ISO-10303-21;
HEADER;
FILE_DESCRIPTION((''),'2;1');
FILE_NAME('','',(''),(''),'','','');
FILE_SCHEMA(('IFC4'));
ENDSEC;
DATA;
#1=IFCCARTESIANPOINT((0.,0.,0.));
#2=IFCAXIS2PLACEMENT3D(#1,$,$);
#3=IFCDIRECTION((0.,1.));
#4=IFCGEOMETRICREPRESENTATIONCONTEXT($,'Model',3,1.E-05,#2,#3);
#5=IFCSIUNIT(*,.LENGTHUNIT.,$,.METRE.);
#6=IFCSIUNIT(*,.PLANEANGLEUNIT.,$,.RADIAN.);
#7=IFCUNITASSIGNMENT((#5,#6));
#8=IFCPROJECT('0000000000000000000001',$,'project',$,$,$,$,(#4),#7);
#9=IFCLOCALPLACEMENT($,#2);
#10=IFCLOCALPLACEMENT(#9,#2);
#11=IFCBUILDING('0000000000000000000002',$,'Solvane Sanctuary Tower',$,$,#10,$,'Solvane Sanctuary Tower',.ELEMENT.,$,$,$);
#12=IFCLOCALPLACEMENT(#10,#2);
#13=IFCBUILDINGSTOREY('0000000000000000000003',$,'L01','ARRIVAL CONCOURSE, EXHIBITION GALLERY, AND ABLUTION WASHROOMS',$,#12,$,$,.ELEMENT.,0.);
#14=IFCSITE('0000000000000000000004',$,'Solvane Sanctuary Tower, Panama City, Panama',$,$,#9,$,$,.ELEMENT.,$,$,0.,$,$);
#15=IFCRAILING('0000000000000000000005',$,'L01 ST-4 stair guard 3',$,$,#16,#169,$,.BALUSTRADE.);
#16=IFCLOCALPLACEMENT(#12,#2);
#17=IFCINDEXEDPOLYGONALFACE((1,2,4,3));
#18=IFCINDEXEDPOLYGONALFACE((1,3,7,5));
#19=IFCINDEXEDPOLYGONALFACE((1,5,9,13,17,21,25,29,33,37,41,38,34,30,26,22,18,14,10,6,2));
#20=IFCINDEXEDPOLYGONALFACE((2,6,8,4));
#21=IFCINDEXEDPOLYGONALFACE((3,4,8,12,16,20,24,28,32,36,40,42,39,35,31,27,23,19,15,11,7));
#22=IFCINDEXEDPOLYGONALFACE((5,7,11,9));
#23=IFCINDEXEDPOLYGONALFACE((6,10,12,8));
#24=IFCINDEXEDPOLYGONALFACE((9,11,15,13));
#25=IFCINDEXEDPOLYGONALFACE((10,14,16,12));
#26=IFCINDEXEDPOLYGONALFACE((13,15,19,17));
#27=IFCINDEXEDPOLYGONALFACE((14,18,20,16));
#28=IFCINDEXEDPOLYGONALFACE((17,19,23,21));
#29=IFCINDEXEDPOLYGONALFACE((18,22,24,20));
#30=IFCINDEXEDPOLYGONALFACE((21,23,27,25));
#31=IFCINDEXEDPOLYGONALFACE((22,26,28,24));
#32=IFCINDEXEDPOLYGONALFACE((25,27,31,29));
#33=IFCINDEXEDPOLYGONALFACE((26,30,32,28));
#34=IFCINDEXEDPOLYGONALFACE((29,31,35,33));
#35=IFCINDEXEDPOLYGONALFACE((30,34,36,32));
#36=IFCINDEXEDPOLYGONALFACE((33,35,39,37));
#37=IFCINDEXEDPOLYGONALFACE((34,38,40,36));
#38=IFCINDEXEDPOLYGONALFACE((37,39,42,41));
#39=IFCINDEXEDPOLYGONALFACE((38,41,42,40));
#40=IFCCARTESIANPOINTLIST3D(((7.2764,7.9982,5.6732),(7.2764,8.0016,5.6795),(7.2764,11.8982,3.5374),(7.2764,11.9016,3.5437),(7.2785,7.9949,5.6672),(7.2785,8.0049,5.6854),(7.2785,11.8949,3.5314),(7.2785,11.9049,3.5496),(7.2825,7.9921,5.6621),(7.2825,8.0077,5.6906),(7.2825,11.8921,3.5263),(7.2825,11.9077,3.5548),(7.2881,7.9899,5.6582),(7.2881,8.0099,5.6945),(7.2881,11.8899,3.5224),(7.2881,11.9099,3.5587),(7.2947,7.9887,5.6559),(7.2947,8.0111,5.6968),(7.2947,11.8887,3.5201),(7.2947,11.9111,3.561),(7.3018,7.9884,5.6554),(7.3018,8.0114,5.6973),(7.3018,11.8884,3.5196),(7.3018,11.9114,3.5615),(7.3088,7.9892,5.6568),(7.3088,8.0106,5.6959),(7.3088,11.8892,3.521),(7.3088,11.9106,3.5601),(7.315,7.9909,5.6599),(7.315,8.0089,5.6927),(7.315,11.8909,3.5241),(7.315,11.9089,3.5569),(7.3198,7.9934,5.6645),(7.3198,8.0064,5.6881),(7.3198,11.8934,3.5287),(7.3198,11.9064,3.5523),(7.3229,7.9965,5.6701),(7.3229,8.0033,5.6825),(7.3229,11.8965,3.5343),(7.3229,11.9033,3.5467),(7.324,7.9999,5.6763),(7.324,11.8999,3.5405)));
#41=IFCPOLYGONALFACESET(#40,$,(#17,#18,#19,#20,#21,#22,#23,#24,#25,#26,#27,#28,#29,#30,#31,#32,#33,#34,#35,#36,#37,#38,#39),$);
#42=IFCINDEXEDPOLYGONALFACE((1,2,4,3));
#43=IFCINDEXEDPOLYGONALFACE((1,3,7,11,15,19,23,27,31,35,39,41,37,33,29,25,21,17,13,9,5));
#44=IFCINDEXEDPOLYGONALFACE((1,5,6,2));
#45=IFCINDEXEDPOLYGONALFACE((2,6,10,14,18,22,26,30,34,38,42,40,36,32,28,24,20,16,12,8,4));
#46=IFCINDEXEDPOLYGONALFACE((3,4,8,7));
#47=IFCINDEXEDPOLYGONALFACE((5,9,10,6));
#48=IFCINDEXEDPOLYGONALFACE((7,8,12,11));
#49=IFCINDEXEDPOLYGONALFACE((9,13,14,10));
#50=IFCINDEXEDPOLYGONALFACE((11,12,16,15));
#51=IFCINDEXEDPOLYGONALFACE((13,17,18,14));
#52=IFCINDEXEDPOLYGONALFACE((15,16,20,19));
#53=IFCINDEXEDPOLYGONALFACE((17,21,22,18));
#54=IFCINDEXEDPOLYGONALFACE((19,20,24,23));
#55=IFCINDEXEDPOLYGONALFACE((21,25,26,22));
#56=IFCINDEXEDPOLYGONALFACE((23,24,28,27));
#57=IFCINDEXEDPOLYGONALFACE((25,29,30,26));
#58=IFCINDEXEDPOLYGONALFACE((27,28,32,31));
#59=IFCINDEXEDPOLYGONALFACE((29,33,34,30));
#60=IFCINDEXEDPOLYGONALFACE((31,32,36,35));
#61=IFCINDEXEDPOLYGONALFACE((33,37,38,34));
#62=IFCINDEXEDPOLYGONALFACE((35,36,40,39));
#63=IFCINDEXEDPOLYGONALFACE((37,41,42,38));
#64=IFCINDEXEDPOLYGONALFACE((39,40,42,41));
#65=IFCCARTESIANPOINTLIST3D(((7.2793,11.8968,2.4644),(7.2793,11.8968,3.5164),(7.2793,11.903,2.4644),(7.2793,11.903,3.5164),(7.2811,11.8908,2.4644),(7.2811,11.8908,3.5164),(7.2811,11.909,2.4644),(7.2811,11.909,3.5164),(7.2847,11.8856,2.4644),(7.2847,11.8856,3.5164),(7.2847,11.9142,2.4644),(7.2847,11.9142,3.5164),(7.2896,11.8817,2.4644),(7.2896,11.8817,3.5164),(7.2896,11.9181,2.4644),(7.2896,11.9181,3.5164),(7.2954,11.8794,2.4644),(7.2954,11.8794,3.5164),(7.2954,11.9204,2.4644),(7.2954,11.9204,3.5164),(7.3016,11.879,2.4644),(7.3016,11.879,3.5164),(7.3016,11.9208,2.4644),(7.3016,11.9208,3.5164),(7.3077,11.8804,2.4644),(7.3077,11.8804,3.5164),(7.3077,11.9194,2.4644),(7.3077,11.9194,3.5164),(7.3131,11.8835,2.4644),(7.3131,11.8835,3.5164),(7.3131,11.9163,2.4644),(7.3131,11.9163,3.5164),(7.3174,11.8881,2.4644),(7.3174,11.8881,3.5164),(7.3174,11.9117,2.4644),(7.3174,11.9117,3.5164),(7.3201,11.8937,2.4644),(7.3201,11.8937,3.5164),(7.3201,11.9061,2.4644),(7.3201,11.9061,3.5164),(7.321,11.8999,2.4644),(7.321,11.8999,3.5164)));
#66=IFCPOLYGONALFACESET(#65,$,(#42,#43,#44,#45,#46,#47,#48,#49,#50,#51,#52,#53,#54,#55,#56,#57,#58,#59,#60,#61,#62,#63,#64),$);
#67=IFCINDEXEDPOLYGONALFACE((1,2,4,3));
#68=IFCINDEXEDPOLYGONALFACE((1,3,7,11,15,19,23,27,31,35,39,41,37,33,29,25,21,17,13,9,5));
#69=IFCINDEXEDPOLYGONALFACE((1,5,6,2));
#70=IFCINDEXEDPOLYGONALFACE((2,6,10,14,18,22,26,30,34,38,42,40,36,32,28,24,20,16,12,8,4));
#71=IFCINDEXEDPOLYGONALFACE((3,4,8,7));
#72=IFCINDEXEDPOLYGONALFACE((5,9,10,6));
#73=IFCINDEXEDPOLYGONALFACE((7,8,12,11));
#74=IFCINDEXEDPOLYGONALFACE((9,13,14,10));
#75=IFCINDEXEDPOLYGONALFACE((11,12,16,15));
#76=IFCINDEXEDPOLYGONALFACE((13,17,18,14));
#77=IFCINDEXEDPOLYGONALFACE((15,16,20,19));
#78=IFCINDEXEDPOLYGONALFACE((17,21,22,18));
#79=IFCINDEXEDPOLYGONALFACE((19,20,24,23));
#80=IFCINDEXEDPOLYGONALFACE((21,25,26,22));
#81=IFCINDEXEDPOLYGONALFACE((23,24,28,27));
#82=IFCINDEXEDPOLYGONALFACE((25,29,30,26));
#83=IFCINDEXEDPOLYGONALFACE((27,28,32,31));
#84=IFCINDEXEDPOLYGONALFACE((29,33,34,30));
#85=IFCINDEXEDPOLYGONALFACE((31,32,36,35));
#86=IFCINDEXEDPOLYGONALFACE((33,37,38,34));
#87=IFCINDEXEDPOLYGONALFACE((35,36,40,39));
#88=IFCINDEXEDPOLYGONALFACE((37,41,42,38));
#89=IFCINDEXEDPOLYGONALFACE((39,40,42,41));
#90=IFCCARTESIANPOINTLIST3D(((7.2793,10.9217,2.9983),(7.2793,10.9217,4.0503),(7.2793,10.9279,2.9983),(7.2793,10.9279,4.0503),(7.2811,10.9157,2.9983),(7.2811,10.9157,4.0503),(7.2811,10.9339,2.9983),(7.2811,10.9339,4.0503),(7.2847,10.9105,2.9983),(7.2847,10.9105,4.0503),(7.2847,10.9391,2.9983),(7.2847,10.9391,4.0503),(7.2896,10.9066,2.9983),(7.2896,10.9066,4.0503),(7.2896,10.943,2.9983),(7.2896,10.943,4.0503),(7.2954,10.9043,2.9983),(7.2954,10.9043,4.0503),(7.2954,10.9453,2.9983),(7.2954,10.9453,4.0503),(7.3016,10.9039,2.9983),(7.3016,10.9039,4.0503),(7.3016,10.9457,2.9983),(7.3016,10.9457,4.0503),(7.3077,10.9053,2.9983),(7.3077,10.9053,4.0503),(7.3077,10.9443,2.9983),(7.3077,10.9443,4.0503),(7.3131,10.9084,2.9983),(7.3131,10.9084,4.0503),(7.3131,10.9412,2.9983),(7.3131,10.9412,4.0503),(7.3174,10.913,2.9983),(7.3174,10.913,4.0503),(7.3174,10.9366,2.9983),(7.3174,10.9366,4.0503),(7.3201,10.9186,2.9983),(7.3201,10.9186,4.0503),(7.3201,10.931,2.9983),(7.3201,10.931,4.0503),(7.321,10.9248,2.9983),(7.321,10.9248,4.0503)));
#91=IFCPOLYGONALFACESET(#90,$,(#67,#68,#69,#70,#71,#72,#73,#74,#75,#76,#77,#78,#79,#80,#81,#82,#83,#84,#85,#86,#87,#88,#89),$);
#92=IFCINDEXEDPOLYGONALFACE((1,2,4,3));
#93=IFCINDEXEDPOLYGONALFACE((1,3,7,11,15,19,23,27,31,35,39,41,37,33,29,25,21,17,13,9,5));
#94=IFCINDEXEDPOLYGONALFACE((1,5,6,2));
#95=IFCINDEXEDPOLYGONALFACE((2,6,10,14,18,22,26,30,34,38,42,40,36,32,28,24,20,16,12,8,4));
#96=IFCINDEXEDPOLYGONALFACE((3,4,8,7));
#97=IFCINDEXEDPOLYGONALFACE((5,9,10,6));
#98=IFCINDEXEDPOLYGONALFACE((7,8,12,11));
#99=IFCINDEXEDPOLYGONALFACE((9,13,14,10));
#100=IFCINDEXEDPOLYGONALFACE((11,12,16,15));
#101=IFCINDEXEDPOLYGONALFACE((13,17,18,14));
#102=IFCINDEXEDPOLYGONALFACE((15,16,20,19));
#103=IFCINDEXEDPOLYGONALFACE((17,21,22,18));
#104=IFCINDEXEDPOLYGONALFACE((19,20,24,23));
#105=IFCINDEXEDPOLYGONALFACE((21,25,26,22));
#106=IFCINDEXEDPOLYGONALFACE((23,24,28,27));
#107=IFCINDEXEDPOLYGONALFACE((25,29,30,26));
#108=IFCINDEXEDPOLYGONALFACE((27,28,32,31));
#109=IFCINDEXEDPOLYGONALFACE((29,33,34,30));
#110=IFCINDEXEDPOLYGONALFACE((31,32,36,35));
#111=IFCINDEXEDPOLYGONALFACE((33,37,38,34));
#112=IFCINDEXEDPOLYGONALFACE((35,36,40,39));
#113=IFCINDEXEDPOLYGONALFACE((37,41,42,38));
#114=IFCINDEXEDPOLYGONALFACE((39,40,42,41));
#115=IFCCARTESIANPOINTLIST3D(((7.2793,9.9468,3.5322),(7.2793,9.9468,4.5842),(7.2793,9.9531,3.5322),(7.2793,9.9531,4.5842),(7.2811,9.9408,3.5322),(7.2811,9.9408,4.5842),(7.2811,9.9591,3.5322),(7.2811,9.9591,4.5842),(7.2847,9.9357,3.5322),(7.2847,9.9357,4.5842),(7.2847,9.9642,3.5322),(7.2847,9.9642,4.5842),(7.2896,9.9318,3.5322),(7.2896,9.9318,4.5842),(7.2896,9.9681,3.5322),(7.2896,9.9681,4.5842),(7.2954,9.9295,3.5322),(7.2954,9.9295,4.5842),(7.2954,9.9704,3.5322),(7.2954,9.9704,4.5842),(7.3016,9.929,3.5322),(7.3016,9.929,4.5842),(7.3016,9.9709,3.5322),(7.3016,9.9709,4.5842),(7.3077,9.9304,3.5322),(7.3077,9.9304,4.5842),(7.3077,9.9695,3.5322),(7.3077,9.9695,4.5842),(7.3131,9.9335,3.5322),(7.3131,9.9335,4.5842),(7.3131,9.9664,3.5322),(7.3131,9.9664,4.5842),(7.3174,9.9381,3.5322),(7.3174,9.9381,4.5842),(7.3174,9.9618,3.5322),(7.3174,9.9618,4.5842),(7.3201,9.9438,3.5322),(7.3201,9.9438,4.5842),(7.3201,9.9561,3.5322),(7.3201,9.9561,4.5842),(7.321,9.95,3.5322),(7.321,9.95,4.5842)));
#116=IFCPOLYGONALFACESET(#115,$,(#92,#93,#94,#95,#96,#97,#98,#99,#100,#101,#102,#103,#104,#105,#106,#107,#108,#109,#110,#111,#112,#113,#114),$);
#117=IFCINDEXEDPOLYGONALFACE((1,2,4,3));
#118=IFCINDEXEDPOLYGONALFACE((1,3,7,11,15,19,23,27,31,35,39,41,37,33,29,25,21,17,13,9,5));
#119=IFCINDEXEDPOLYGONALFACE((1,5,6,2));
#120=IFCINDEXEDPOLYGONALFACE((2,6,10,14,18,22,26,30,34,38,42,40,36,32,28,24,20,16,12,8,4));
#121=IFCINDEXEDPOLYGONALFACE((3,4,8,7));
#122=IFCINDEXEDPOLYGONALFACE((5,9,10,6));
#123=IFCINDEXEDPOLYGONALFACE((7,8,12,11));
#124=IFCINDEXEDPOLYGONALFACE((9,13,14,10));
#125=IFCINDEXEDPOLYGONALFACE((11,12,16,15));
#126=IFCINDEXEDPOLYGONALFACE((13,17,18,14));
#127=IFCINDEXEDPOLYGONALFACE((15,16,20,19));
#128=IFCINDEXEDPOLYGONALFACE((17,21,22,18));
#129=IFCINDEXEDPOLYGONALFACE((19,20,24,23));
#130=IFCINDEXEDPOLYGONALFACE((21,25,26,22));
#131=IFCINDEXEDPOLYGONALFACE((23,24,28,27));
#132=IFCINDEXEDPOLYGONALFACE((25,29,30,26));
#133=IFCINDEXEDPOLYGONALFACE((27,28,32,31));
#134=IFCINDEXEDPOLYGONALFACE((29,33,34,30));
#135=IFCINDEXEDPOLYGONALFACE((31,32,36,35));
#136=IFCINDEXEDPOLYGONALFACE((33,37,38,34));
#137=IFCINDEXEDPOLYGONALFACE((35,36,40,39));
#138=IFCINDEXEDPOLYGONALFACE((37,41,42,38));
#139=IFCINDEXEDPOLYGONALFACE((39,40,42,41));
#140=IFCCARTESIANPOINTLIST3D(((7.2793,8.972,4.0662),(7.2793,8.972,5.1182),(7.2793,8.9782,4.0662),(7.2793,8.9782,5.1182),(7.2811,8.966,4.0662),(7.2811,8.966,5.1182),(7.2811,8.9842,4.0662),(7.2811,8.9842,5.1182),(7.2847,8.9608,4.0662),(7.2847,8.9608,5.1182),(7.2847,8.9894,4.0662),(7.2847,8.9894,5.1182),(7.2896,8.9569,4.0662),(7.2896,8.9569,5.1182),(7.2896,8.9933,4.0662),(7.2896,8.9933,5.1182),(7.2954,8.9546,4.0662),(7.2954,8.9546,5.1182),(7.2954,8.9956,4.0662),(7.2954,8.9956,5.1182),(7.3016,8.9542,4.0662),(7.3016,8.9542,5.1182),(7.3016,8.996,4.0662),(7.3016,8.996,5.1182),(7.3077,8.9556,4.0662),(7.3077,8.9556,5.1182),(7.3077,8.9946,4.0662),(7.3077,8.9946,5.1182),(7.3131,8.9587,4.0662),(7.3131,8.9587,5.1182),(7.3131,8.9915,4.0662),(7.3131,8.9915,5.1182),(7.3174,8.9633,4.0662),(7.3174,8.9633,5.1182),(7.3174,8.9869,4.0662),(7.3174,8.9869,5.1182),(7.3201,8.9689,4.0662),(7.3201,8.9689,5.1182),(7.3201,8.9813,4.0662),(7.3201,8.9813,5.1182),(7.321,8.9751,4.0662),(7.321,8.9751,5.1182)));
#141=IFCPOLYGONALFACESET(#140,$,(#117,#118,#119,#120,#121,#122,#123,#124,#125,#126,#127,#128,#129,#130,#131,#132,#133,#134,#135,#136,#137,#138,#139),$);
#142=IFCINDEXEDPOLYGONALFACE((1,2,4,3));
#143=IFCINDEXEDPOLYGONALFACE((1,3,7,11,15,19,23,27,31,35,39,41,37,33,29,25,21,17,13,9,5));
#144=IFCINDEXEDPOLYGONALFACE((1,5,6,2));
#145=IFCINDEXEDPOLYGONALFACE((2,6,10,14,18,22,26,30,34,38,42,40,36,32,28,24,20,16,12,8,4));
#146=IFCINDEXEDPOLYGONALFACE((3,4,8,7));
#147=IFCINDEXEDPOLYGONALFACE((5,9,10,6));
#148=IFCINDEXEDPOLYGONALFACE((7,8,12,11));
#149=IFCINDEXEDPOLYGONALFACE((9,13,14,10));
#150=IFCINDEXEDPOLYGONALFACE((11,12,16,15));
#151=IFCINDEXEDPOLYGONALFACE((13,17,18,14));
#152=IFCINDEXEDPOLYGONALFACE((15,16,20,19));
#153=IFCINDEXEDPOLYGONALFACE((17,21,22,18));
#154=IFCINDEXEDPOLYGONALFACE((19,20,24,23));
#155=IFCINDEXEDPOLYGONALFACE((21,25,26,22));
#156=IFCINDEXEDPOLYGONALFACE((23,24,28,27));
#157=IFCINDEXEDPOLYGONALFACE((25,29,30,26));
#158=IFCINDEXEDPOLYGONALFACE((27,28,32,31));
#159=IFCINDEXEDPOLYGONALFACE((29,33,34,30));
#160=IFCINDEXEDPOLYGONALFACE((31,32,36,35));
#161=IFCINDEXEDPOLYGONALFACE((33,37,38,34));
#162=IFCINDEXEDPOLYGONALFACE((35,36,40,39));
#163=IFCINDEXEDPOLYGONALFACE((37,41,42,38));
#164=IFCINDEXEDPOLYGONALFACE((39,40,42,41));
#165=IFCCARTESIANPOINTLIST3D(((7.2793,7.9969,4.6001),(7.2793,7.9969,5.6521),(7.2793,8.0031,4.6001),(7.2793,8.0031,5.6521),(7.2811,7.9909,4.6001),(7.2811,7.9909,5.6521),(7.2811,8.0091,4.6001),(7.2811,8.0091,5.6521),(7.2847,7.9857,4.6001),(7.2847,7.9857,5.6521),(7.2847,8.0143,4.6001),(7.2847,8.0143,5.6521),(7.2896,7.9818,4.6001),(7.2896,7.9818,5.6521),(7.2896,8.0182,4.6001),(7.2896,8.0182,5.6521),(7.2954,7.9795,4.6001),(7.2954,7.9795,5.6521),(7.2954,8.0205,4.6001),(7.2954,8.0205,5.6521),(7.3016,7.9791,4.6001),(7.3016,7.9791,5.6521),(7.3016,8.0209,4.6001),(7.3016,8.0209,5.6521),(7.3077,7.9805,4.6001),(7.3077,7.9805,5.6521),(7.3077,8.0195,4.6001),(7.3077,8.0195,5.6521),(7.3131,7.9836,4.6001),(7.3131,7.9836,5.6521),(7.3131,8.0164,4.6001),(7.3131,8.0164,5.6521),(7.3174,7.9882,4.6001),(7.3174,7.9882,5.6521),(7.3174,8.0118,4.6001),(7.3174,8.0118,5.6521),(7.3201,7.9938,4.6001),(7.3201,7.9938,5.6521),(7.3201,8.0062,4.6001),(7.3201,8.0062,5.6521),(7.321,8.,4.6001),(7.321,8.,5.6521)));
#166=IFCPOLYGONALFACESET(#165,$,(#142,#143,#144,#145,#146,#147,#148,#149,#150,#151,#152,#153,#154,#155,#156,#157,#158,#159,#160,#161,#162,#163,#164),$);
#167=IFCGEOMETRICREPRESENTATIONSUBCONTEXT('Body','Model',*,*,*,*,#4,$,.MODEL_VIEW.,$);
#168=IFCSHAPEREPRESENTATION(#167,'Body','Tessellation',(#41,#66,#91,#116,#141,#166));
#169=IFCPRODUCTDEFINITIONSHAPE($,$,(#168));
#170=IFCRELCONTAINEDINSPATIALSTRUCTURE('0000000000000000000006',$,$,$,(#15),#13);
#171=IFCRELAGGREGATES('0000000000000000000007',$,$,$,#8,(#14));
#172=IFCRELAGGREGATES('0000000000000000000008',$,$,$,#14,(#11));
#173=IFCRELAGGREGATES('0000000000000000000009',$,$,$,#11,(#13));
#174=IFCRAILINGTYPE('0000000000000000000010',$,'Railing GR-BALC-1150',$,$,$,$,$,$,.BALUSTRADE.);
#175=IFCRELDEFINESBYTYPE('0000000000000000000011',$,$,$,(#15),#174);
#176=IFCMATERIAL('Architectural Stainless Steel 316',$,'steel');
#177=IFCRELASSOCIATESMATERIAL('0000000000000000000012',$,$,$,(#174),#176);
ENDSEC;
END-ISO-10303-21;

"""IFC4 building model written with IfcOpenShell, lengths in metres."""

from ifc_helpers import new_model, si_unit, direction, frame, origin, origin_2d, place, context, subcontext, project, spatial, circle, extrude, material, type_object, element, save


model = new_model("IFC4")

# Units and contexts
model_context = context("Model", 3, precision=1e-05, world=origin(), true_north=direction((0.0, 1.0)))
body_context = subcontext(model_context, "Body", "Model", "MODEL_VIEW")
ifc_project = project(units=[si_unit("LENGTHUNIT", "METRE"), si_unit("PLANEANGLEUNIT", "RADIAN")], contexts=[model_context])

# Site, building, storey
site_placement = place(None, origin())
site = spatial("IfcSite", under=ifc_project, at=site_placement, Name="Solvane Sanctuary Tower, Panama City, Panama", CompositionType="ELEMENT", RefElevation=0.0)
building_placement = place(site_placement, origin())
building = spatial("IfcBuilding", under=site, at=building_placement, Name="Solvane Sanctuary Tower", LongName="Solvane Sanctuary Tower", CompositionType="ELEMENT")
storey_placement = place(building_placement, origin())
storey = spatial("IfcBuildingStorey", under=building, at=storey_placement, Name="L01", Description="ARRIVAL CONCOURSE, EXHIBITION GALLERY, AND ABLUTION WASHROOMS", CompositionType="ELEMENT", Elevation=0.0)

# Shared definitions
ifc_material_1 = material(Name="Architectural Stainless Steel 316", Category="steel")

# Railing
railing_type_1 = type_object("IfcRailingType", Name="Railing GR-BALC-1150", PredefinedType="BALUSTRADE", material=ifc_material_1)
railing_1_placement = place(storey_placement, frame((7.3, 11.8999, 2.4644)))
element("IfcRailing", 1, at=railing_1_placement, inside=storey, type_object=railing_type_1, Name="L01 ST-4 stair guard 3", PredefinedType="BALUSTRADE", context=body_context, shape_type="SweptSolid", body=[
    extrude(circle(Radius=0.0239, at=origin_2d()), frame((0.0, 0.0, 1.0762), z_axis=(0.0, -0.877089, 0.480329), x_axis=(1.0, 0.0, 0.0)), (0.0, 0.0, 1.0), 4.4465),
    extrude(circle(Radius=0.021, at=origin_2d()), origin(), (0.0, 0.0, 1.0), 1.052),
    extrude(circle(Radius=0.021, at=origin_2d()), frame((0.0, -0.9751, 0.5339)), (0.0, 0.0, 1.0), 1.052),
    extrude(circle(Radius=0.021, at=origin_2d()), frame((0.0, -1.95, 1.0679)), (0.0, 0.0, 1.0), 1.052),
    extrude(circle(Radius=0.021, at=origin_2d()), frame((0.0, -2.9248, 1.6018)), (0.0, 0.0, 1.0), 1.052),
    extrude(circle(Radius=0.021, at=origin_2d()), frame((0.0, -3.8999, 2.1357)), (0.0, 0.0, 1.0), 1.052),
])

save(model, "model.ifc")
